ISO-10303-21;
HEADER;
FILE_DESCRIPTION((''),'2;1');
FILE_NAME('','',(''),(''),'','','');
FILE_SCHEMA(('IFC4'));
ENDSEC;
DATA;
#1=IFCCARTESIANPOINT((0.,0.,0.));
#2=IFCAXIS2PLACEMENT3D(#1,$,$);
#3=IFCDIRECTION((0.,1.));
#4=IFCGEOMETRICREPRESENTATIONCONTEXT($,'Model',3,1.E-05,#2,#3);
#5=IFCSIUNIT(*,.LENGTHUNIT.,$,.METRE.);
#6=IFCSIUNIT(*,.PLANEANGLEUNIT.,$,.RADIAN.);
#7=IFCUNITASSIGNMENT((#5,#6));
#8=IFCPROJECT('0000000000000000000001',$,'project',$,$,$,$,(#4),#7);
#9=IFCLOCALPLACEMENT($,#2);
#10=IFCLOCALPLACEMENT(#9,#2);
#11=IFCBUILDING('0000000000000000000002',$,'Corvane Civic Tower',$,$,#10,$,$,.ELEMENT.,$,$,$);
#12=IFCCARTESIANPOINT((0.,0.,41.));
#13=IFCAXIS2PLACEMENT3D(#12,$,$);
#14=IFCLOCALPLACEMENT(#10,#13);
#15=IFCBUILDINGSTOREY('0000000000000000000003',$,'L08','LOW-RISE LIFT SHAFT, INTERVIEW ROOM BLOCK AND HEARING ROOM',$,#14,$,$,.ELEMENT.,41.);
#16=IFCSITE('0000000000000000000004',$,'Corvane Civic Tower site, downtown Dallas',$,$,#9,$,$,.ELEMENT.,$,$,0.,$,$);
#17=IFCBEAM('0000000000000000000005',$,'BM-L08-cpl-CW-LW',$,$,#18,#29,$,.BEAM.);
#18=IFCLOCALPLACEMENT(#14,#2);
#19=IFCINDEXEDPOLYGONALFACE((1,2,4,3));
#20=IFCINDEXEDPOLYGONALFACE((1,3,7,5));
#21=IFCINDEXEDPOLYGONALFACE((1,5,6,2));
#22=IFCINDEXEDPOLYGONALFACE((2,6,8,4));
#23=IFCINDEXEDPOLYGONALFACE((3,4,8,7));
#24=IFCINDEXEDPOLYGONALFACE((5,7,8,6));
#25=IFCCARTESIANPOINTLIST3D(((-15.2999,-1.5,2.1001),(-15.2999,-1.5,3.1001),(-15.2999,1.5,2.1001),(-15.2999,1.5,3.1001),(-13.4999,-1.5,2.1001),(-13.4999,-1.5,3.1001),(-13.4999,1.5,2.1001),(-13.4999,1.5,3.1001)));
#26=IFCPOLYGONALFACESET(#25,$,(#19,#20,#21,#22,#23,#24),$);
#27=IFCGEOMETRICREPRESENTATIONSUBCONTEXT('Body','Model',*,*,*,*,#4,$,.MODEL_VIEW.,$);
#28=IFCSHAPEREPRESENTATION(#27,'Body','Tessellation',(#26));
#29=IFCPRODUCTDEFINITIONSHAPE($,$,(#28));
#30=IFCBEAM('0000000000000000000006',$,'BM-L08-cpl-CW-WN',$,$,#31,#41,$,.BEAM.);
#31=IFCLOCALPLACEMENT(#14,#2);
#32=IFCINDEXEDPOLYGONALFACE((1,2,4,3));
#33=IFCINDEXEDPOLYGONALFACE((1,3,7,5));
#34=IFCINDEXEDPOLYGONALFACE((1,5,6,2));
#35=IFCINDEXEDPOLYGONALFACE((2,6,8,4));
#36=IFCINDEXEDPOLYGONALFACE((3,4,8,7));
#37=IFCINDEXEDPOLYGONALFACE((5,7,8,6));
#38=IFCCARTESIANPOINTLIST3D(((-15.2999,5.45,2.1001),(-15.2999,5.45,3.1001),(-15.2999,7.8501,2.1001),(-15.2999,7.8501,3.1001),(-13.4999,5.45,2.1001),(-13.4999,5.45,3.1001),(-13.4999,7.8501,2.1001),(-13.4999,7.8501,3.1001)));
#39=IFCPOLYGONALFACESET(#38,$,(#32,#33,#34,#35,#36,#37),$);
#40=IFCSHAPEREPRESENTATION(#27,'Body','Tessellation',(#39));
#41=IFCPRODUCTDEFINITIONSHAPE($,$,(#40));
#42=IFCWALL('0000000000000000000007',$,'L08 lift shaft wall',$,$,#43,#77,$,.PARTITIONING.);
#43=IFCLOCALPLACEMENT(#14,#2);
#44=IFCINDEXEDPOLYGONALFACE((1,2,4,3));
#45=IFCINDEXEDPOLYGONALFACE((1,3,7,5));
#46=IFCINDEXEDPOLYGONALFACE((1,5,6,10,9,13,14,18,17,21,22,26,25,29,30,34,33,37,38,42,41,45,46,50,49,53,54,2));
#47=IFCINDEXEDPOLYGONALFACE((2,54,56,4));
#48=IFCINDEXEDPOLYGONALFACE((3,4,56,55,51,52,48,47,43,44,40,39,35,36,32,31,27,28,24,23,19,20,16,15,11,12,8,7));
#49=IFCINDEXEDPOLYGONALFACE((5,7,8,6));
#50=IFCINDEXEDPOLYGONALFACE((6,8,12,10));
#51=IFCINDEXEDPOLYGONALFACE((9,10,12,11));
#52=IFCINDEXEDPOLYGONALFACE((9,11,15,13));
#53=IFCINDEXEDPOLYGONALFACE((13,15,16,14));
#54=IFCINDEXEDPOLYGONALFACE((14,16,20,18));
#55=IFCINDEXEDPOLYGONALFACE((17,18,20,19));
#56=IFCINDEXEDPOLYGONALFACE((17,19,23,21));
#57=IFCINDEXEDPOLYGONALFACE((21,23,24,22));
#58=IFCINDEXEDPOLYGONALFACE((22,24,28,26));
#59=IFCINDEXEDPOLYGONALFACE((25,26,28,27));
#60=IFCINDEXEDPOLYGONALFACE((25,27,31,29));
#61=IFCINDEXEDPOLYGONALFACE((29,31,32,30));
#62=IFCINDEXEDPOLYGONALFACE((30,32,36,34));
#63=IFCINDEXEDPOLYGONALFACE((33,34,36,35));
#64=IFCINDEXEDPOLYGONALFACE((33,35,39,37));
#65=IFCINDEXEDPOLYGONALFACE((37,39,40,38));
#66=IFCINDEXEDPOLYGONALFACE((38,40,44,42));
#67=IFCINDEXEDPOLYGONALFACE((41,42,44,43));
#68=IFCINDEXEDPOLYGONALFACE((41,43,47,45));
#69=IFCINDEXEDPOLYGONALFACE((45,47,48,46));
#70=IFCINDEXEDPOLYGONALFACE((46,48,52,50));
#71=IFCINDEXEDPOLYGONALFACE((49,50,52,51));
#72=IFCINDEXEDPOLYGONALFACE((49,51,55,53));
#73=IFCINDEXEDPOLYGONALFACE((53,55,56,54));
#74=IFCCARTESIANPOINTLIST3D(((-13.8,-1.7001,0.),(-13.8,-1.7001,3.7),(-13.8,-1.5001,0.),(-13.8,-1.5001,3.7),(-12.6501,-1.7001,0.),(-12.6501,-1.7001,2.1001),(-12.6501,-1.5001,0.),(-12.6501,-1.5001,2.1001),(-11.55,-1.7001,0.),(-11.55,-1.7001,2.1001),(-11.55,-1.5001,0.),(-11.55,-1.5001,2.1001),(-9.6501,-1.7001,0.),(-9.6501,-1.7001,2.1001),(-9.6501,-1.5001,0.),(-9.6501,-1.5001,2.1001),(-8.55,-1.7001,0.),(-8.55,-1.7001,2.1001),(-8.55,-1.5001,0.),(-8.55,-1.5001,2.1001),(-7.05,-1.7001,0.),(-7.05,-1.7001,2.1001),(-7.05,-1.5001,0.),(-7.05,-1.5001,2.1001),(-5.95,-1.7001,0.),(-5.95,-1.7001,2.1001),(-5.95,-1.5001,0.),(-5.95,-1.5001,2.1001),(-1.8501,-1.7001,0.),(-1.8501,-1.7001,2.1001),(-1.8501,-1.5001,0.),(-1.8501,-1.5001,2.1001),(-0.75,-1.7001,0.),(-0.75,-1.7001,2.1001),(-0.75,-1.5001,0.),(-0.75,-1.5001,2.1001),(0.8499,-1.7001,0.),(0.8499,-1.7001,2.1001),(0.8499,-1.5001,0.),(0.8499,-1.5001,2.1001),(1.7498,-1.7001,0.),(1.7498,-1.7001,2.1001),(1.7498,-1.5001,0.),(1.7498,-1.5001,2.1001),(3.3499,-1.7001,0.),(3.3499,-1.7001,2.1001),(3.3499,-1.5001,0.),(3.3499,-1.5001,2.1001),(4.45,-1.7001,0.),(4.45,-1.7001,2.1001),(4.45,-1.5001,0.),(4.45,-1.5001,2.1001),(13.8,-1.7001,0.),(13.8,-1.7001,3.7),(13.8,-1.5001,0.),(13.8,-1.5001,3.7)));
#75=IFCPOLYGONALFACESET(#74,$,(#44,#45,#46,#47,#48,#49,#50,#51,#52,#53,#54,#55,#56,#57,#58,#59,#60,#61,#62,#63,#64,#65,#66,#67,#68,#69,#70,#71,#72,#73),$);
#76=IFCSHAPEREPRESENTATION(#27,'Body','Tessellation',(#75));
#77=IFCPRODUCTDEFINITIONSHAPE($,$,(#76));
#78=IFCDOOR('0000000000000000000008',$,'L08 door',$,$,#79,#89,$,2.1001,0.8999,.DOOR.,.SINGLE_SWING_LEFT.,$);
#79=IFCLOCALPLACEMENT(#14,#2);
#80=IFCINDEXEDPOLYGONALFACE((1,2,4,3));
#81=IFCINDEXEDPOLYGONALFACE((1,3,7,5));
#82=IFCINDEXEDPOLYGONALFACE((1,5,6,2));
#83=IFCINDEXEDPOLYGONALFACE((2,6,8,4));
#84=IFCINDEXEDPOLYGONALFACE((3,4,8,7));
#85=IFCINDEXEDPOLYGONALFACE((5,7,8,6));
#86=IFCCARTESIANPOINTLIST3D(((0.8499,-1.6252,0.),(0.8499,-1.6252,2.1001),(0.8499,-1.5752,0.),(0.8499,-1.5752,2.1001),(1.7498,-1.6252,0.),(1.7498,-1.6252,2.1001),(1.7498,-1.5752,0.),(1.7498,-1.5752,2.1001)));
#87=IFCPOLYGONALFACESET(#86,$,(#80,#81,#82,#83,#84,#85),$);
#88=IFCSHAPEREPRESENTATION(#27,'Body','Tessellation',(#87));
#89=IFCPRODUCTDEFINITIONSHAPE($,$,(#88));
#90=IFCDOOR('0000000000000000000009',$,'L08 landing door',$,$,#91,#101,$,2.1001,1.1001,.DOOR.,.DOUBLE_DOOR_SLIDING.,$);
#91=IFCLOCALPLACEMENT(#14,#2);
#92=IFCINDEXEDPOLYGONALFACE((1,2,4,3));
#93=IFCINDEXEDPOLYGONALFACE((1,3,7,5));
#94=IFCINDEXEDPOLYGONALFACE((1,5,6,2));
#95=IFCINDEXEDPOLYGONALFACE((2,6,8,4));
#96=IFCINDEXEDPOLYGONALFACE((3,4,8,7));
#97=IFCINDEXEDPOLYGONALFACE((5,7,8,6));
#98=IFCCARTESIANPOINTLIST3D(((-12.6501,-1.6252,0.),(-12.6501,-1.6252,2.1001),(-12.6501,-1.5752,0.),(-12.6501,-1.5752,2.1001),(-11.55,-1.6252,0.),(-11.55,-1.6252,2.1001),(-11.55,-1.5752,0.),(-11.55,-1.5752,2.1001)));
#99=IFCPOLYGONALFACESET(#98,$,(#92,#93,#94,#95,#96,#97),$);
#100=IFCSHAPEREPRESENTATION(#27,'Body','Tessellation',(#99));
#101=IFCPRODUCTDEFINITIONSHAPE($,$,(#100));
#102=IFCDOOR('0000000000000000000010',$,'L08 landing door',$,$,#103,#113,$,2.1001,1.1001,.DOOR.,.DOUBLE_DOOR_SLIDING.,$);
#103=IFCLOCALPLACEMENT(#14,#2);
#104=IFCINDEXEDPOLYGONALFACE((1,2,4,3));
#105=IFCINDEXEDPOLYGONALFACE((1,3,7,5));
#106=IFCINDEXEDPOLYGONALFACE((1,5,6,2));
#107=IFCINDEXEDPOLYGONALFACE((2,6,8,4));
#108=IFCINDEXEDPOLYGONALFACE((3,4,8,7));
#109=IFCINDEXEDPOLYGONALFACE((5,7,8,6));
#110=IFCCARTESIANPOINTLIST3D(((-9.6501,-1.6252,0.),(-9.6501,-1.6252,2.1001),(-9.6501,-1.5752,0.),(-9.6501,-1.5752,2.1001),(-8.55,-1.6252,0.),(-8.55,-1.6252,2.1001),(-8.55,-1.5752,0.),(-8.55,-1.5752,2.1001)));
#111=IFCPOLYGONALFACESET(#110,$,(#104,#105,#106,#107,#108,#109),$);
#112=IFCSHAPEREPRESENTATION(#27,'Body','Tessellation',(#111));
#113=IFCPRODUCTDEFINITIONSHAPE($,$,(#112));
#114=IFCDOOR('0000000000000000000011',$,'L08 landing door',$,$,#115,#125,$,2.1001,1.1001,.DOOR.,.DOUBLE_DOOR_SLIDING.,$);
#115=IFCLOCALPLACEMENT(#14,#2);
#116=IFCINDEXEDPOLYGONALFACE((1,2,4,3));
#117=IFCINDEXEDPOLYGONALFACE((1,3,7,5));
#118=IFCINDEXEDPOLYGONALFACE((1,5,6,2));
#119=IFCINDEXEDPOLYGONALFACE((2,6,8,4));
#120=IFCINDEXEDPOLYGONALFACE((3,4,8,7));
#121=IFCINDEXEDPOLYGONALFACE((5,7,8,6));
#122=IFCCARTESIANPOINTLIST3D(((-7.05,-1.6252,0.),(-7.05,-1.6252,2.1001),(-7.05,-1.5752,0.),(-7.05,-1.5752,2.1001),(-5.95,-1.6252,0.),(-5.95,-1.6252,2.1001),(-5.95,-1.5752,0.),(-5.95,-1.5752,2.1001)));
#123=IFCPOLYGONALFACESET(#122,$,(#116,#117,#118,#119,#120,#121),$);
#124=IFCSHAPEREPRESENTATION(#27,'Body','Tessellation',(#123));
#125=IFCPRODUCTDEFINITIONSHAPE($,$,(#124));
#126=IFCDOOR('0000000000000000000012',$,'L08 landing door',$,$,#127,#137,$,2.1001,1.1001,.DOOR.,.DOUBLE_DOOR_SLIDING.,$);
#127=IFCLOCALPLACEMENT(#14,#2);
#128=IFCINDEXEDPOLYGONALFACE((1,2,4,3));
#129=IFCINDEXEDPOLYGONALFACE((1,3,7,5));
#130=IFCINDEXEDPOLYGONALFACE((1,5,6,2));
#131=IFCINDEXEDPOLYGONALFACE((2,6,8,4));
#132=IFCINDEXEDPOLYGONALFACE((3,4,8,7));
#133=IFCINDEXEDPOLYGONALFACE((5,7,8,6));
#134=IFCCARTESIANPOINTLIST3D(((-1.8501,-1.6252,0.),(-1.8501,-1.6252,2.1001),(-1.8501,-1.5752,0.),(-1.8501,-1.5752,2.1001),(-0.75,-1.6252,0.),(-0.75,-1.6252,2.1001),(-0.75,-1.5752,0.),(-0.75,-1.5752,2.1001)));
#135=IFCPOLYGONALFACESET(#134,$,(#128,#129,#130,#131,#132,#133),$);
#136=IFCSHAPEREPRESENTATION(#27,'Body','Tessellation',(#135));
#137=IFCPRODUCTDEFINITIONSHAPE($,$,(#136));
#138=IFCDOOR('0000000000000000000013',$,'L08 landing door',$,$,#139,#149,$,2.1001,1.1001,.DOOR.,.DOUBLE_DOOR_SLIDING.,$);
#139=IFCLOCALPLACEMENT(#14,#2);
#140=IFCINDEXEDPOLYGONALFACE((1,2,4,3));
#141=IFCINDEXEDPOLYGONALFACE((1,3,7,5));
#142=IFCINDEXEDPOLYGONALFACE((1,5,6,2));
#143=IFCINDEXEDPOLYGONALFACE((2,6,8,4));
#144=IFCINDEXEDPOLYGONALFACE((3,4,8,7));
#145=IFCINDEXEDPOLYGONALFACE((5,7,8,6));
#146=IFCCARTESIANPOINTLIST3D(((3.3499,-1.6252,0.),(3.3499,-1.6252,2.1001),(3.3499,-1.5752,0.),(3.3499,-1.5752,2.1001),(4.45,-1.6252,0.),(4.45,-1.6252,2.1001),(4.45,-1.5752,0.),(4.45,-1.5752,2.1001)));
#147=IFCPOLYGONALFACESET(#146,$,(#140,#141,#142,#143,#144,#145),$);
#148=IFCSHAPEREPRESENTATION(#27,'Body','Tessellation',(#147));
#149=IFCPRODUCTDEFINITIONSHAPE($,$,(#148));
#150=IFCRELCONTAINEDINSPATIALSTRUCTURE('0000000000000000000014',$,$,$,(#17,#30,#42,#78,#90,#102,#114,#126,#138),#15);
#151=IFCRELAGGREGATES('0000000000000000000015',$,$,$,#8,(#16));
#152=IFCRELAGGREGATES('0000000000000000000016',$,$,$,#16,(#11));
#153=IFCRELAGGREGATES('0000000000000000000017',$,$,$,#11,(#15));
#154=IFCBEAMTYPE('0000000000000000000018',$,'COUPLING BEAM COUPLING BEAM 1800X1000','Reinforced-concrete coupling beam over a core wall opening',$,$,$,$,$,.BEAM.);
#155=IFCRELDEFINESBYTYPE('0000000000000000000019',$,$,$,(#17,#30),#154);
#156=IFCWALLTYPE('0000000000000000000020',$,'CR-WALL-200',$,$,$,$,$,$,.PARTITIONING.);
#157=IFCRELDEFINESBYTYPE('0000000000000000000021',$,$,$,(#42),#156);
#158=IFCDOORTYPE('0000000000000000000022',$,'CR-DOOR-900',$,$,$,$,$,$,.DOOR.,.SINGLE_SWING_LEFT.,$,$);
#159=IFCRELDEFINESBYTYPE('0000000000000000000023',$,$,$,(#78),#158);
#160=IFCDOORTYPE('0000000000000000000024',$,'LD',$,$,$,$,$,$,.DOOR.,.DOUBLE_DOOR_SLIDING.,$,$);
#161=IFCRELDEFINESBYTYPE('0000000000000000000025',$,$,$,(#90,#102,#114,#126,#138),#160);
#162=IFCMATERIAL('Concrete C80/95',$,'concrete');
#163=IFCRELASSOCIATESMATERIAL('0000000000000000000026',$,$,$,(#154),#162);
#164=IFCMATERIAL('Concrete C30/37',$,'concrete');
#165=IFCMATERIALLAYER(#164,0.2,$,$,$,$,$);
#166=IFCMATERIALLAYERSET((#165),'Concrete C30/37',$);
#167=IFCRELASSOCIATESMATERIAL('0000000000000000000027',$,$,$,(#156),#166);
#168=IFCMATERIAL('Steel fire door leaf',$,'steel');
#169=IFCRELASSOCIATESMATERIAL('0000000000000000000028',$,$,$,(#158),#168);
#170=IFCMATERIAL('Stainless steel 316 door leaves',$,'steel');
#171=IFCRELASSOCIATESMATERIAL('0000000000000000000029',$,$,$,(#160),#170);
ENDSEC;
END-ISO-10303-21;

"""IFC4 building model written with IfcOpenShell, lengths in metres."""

from ifc_helpers import new_model, si_unit, direction, frame, frame_2d, origin, origin_2d, place, context, subcontext, project, spatial, rectangle, extrude, material, layer, layer_set, material_profile, profile_set, type_object, element, fill, save


model = new_model("IFC4")

# Units and contexts
model_context = context("Model", 3, precision=1e-05, world=origin(), true_north=direction((0.0, 1.0)))
body_context = subcontext(model_context, "Body", "Model", "MODEL_VIEW")
ifc_project = project(units=[si_unit("LENGTHUNIT", "METRE"), si_unit("PLANEANGLEUNIT", "RADIAN")], contexts=[model_context])

# Site, building, storey
site_placement = place(None, origin())
site = spatial("IfcSite", under=ifc_project, at=site_placement, Name="Corvane Civic Tower site, downtown Dallas", CompositionType="ELEMENT", RefElevation=0.0)
building_placement = place(site_placement, origin())
building = spatial("IfcBuilding", under=site, at=building_placement, Name="Corvane Civic Tower", CompositionType="ELEMENT")
storey_placement = place(building_placement, frame((0.0, 0.0, 41.0)))
storey = spatial("IfcBuildingStorey", under=building, at=storey_placement, Name="L08", Description="LOW-RISE LIFT SHAFT, INTERVIEW ROOM BLOCK AND HEARING ROOM", CompositionType="ELEMENT", Elevation=41.0)

# Beams
ifc_material_1 = material(Name="Concrete C80/95", Category="concrete")
ifc_material_profile = material_profile(ifc_material_1, rectangle(XDim=1.8, YDim=1.0, at=origin_2d()), Name="COUPLING BEAM 1800X1000")
ifc_profile_set = profile_set([ifc_material_profile], Name="Concrete C80/95")
beam_type = type_object("IfcBeamType", Name="COUPLING BEAM COUPLING BEAM 1800X1000", Description="Reinforced-concrete coupling beam over a core wall opening", PredefinedType="BEAM", material=ifc_profile_set)
beam_1_placement = place(storey_placement, frame((-14.3999, -1.5, 2.6001), z_axis=(0.0, 1.0, 0.0), x_axis=(-1.0, 0.0, 0.0)))
element("IfcBeam", 1, at=beam_1_placement, inside=storey, type_object=beam_type, Name="BM-L08-cpl-CW-LW", PredefinedType="BEAM", context=body_context, shape_type="SweptSolid", body=[
    extrude(rectangle(XDim=1.8, YDim=1.0, at=origin_2d()), origin(), (0.0, 0.0, 1.0), 3.0),
])
beam_2_placement = place(storey_placement, frame((-14.3999, 5.45, 2.6001), z_axis=(0.0, 1.0, 0.0), x_axis=(-1.0, 0.0, 0.0)))
element("IfcBeam", 2, at=beam_2_placement, inside=storey, type_object=beam_type, Name="BM-L08-cpl-CW-WN", PredefinedType="BEAM", context=body_context, shape_type="SweptSolid", body=[
    extrude(rectangle(XDim=1.8, YDim=1.0, at=origin_2d()), origin(), (0.0, 0.0, 1.0), 2.4001),
])

# Wall, openings, doors
ifc_material_2 = material(Name="Concrete C30/37", Category="concrete")
ifc_layer = layer(ifc_material_2, 0.2)
ifc_layer_set = layer_set([ifc_layer], Name="Concrete C30/37")
wall_type = type_object("IfcWallType", Name="CR-WALL-200", PredefinedType="PARTITIONING", material=ifc_layer_set)
wall_1_placement = place(storey_placement, frame((-13.8, -1.6001, 0.0), z_axis=(0.0, 0.0, 1.0), x_axis=(1.0, 0.0, 0.0)))
wall_1 = element("IfcWall", 3, at=wall_1_placement, inside=storey, type_object=wall_type, Name="L08 lift shaft wall", PredefinedType="PARTITIONING", context=body_context, shape_type="SweptSolid", body=[
    extrude(rectangle(XDim=27.6001, YDim=0.2, at=frame_2d((13.8, 0.0))), origin(), (0.0, 0.0, 1.0), 3.7),
])
opening_1_placement = place(wall_1_placement, frame((1.1499, 0.0, 0.0)))
opening_1 = element("IfcOpeningElement", 4, at=opening_1_placement, cuts=wall_1, PredefinedType="OPENING", context=body_context, shape_type="SweptSolid", body=[
    extrude(rectangle(XDim=1.1001, YDim=2.1001, at=frame_2d((0.55, 1.05))), frame((0.0, 0.1099, 0.0), z_axis=(0.0, -1.0, 0.0), x_axis=(1.0, 0.0, 0.0)), (0.0, 0.0, 1.0), 0.22),
])
opening_2_placement = place(wall_1_placement, frame((4.1499, 0.0, 0.0)))
opening_2 = element("IfcOpeningElement", 5, at=opening_2_placement, cuts=wall_1, PredefinedType="OPENING", context=body_context, shape_type="SweptSolid", body=[
    extrude(rectangle(XDim=1.1001, YDim=2.1001, at=frame_2d((0.55, 1.05))), frame((0.0, 0.1099, 0.0), z_axis=(0.0, -1.0, 0.0), x_axis=(1.0, 0.0, 0.0)), (0.0, 0.0, 1.0), 0.22),
])
opening_3_placement = place(wall_1_placement, frame((6.75, 0.0, 0.0)))
opening_3 = element("IfcOpeningElement", 6, at=opening_3_placement, cuts=wall_1, PredefinedType="OPENING", context=body_context, shape_type="SweptSolid", body=[
    extrude(rectangle(XDim=1.1001, YDim=2.1001, at=frame_2d((0.55, 1.05))), frame((0.0, 0.1099, 0.0), z_axis=(0.0, -1.0, 0.0), x_axis=(1.0, 0.0, 0.0)), (0.0, 0.0, 1.0), 0.22),
])
opening_4_placement = place(wall_1_placement, frame((11.95, 0.0, 0.0)))
opening_4 = element("IfcOpeningElement", 7, at=opening_4_placement, cuts=wall_1, PredefinedType="OPENING", context=body_context, shape_type="SweptSolid", body=[
    extrude(rectangle(XDim=1.1001, YDim=2.1001, at=frame_2d((0.55, 1.05))), frame((0.0, 0.1099, 0.0), z_axis=(0.0, -1.0, 0.0), x_axis=(1.0, 0.0, 0.0)), (0.0, 0.0, 1.0), 0.22),
])
opening_5_placement = place(wall_1_placement, frame((14.6499, 0.0, 0.0)))
opening_5 = element("IfcOpeningElement", 8, at=opening_5_placement, cuts=wall_1, PredefinedType="OPENING", context=body_context, shape_type="SweptSolid", body=[
    extrude(rectangle(XDim=0.8999, YDim=2.1001, at=frame_2d((0.45, 1.05))), frame((0.0, 0.1099, 0.0), z_axis=(0.0, -1.0, 0.0), x_axis=(1.0, 0.0, 0.0)), (0.0, 0.0, 1.0), 0.22),
])
opening_6_placement = place(wall_1_placement, frame((17.1499, 0.0, 0.0)))
opening_6 = element("IfcOpeningElement", 9, at=opening_6_placement, cuts=wall_1, PredefinedType="OPENING", context=body_context, shape_type="SweptSolid", body=[
    extrude(rectangle(XDim=1.1001, YDim=2.1001, at=frame_2d((0.55, 1.05))), frame((0.0, 0.1099, 0.0), z_axis=(0.0, -1.0, 0.0), x_axis=(1.0, 0.0, 0.0)), (0.0, 0.0, 1.0), 0.22),
])
ifc_material_3 = material(Name="Steel fire door leaf", Category="steel")
door_type_1 = type_object("IfcDoorType", Name="CR-DOOR-900", OperationType="SINGLE_SWING_LEFT", PredefinedType="DOOR", material=ifc_material_3)
door_1_placement = place(opening_5_placement, origin())
door_1 = element("IfcDoor", 10, at=door_1_placement, inside=storey, type_object=door_type_1, Name="L08 door", OperationType="SINGLE_SWING_LEFT", OverallHeight=2.1001, OverallWidth=0.8999, PredefinedType="DOOR", context=body_context, shape_type="SweptSolid", body=[
    extrude(rectangle(XDim=0.8999, YDim=2.1001, at=frame_2d((0.45, 1.05))), frame((0.0, 0.0249, 0.0), z_axis=(0.0, -1.0, 0.0), x_axis=(1.0, 0.0, 0.0)), (0.0, 0.0, 1.0), 0.05),
])
fill(opening_5, door_1)
ifc_material_4 = material(Name="Stainless steel 316 door leaves", Category="steel")
door_type_2 = type_object("IfcDoorType", Name="LD", OperationType="DOUBLE_DOOR_SLIDING", PredefinedType="DOOR", material=ifc_material_4)
door_2_placement = place(opening_1_placement, origin())
door_2 = element("IfcDoor", 11, at=door_2_placement, inside=storey, type_object=door_type_2, Name="L08 landing door", OperationType="DOUBLE_DOOR_SLIDING", OverallHeight=2.1001, OverallWidth=1.1001, PredefinedType="DOOR", context=body_context, shape_type="SweptSolid", body=[
    extrude(rectangle(XDim=1.1001, YDim=2.1001, at=frame_2d((0.55, 1.05))), frame((0.0, 0.0249, 0.0), z_axis=(0.0, -1.0, 0.0), x_axis=(1.0, 0.0, 0.0)), (0.0, 0.0, 1.0), 0.05),
])
fill(opening_1, door_2)
door_3_placement = place(opening_2_placement, origin())
door_3 = element("IfcDoor", 12, at=door_3_placement, inside=storey, type_object=door_type_2, Name="L08 landing door", OperationType="DOUBLE_DOOR_SLIDING", OverallHeight=2.1001, OverallWidth=1.1001, PredefinedType="DOOR", context=body_context, shape_type="SweptSolid", body=[
    extrude(rectangle(XDim=1.1001, YDim=2.1001, at=frame_2d((0.55, 1.05))), frame((0.0, 0.0249, 0.0), z_axis=(0.0, -1.0, 0.0), x_axis=(1.0, 0.0, 0.0)), (0.0, 0.0, 1.0), 0.05),
])
fill(opening_2, door_3)
door_4_placement = place(opening_3_placement, origin())
door_4 = element("IfcDoor", 13, at=door_4_placement, inside=storey, type_object=door_type_2, Name="L08 landing door", OperationType="DOUBLE_DOOR_SLIDING", OverallHeight=2.1001, OverallWidth=1.1001, PredefinedType="DOOR", context=body_context, shape_type="SweptSolid", body=[
    extrude(rectangle(XDim=1.1001, YDim=2.1001, at=frame_2d((0.55, 1.05))), frame((0.0, 0.0249, 0.0), z_axis=(0.0, -1.0, 0.0), x_axis=(1.0, 0.0, 0.0)), (0.0, 0.0, 1.0), 0.05),
])
fill(opening_3, door_4)
door_5_placement = place(opening_4_placement, origin())
door_5 = element("IfcDoor", 14, at=door_5_placement, inside=storey, type_object=door_type_2, Name="L08 landing door", OperationType="DOUBLE_DOOR_SLIDING", OverallHeight=2.1001, OverallWidth=1.1001, PredefinedType="DOOR", context=body_context, shape_type="SweptSolid", body=[
    extrude(rectangle(XDim=1.1001, YDim=2.1001, at=frame_2d((0.55, 1.05))), frame((0.0, 0.0249, 0.0), z_axis=(0.0, -1.0, 0.0), x_axis=(1.0, 0.0, 0.0)), (0.0, 0.0, 1.0), 0.05),
])
fill(opening_4, door_5)
door_6_placement = place(opening_6_placement, origin())
door_6 = element("IfcDoor", 15, at=door_6_placement, inside=storey, type_object=door_type_2, Name="L08 landing door", OperationType="DOUBLE_DOOR_SLIDING", OverallHeight=2.1001, OverallWidth=1.1001, PredefinedType="DOOR", context=body_context, shape_type="SweptSolid", body=[
    extrude(rectangle(XDim=1.1001, YDim=2.1001, at=frame_2d((0.55, 1.05))), frame((0.0, 0.0249, 0.0), z_axis=(0.0, -1.0, 0.0), x_axis=(1.0, 0.0, 0.0)), (0.0, 0.0, 1.0), 0.05),
])
fill(opening_6, door_6)

save(model, "model.ifc")
